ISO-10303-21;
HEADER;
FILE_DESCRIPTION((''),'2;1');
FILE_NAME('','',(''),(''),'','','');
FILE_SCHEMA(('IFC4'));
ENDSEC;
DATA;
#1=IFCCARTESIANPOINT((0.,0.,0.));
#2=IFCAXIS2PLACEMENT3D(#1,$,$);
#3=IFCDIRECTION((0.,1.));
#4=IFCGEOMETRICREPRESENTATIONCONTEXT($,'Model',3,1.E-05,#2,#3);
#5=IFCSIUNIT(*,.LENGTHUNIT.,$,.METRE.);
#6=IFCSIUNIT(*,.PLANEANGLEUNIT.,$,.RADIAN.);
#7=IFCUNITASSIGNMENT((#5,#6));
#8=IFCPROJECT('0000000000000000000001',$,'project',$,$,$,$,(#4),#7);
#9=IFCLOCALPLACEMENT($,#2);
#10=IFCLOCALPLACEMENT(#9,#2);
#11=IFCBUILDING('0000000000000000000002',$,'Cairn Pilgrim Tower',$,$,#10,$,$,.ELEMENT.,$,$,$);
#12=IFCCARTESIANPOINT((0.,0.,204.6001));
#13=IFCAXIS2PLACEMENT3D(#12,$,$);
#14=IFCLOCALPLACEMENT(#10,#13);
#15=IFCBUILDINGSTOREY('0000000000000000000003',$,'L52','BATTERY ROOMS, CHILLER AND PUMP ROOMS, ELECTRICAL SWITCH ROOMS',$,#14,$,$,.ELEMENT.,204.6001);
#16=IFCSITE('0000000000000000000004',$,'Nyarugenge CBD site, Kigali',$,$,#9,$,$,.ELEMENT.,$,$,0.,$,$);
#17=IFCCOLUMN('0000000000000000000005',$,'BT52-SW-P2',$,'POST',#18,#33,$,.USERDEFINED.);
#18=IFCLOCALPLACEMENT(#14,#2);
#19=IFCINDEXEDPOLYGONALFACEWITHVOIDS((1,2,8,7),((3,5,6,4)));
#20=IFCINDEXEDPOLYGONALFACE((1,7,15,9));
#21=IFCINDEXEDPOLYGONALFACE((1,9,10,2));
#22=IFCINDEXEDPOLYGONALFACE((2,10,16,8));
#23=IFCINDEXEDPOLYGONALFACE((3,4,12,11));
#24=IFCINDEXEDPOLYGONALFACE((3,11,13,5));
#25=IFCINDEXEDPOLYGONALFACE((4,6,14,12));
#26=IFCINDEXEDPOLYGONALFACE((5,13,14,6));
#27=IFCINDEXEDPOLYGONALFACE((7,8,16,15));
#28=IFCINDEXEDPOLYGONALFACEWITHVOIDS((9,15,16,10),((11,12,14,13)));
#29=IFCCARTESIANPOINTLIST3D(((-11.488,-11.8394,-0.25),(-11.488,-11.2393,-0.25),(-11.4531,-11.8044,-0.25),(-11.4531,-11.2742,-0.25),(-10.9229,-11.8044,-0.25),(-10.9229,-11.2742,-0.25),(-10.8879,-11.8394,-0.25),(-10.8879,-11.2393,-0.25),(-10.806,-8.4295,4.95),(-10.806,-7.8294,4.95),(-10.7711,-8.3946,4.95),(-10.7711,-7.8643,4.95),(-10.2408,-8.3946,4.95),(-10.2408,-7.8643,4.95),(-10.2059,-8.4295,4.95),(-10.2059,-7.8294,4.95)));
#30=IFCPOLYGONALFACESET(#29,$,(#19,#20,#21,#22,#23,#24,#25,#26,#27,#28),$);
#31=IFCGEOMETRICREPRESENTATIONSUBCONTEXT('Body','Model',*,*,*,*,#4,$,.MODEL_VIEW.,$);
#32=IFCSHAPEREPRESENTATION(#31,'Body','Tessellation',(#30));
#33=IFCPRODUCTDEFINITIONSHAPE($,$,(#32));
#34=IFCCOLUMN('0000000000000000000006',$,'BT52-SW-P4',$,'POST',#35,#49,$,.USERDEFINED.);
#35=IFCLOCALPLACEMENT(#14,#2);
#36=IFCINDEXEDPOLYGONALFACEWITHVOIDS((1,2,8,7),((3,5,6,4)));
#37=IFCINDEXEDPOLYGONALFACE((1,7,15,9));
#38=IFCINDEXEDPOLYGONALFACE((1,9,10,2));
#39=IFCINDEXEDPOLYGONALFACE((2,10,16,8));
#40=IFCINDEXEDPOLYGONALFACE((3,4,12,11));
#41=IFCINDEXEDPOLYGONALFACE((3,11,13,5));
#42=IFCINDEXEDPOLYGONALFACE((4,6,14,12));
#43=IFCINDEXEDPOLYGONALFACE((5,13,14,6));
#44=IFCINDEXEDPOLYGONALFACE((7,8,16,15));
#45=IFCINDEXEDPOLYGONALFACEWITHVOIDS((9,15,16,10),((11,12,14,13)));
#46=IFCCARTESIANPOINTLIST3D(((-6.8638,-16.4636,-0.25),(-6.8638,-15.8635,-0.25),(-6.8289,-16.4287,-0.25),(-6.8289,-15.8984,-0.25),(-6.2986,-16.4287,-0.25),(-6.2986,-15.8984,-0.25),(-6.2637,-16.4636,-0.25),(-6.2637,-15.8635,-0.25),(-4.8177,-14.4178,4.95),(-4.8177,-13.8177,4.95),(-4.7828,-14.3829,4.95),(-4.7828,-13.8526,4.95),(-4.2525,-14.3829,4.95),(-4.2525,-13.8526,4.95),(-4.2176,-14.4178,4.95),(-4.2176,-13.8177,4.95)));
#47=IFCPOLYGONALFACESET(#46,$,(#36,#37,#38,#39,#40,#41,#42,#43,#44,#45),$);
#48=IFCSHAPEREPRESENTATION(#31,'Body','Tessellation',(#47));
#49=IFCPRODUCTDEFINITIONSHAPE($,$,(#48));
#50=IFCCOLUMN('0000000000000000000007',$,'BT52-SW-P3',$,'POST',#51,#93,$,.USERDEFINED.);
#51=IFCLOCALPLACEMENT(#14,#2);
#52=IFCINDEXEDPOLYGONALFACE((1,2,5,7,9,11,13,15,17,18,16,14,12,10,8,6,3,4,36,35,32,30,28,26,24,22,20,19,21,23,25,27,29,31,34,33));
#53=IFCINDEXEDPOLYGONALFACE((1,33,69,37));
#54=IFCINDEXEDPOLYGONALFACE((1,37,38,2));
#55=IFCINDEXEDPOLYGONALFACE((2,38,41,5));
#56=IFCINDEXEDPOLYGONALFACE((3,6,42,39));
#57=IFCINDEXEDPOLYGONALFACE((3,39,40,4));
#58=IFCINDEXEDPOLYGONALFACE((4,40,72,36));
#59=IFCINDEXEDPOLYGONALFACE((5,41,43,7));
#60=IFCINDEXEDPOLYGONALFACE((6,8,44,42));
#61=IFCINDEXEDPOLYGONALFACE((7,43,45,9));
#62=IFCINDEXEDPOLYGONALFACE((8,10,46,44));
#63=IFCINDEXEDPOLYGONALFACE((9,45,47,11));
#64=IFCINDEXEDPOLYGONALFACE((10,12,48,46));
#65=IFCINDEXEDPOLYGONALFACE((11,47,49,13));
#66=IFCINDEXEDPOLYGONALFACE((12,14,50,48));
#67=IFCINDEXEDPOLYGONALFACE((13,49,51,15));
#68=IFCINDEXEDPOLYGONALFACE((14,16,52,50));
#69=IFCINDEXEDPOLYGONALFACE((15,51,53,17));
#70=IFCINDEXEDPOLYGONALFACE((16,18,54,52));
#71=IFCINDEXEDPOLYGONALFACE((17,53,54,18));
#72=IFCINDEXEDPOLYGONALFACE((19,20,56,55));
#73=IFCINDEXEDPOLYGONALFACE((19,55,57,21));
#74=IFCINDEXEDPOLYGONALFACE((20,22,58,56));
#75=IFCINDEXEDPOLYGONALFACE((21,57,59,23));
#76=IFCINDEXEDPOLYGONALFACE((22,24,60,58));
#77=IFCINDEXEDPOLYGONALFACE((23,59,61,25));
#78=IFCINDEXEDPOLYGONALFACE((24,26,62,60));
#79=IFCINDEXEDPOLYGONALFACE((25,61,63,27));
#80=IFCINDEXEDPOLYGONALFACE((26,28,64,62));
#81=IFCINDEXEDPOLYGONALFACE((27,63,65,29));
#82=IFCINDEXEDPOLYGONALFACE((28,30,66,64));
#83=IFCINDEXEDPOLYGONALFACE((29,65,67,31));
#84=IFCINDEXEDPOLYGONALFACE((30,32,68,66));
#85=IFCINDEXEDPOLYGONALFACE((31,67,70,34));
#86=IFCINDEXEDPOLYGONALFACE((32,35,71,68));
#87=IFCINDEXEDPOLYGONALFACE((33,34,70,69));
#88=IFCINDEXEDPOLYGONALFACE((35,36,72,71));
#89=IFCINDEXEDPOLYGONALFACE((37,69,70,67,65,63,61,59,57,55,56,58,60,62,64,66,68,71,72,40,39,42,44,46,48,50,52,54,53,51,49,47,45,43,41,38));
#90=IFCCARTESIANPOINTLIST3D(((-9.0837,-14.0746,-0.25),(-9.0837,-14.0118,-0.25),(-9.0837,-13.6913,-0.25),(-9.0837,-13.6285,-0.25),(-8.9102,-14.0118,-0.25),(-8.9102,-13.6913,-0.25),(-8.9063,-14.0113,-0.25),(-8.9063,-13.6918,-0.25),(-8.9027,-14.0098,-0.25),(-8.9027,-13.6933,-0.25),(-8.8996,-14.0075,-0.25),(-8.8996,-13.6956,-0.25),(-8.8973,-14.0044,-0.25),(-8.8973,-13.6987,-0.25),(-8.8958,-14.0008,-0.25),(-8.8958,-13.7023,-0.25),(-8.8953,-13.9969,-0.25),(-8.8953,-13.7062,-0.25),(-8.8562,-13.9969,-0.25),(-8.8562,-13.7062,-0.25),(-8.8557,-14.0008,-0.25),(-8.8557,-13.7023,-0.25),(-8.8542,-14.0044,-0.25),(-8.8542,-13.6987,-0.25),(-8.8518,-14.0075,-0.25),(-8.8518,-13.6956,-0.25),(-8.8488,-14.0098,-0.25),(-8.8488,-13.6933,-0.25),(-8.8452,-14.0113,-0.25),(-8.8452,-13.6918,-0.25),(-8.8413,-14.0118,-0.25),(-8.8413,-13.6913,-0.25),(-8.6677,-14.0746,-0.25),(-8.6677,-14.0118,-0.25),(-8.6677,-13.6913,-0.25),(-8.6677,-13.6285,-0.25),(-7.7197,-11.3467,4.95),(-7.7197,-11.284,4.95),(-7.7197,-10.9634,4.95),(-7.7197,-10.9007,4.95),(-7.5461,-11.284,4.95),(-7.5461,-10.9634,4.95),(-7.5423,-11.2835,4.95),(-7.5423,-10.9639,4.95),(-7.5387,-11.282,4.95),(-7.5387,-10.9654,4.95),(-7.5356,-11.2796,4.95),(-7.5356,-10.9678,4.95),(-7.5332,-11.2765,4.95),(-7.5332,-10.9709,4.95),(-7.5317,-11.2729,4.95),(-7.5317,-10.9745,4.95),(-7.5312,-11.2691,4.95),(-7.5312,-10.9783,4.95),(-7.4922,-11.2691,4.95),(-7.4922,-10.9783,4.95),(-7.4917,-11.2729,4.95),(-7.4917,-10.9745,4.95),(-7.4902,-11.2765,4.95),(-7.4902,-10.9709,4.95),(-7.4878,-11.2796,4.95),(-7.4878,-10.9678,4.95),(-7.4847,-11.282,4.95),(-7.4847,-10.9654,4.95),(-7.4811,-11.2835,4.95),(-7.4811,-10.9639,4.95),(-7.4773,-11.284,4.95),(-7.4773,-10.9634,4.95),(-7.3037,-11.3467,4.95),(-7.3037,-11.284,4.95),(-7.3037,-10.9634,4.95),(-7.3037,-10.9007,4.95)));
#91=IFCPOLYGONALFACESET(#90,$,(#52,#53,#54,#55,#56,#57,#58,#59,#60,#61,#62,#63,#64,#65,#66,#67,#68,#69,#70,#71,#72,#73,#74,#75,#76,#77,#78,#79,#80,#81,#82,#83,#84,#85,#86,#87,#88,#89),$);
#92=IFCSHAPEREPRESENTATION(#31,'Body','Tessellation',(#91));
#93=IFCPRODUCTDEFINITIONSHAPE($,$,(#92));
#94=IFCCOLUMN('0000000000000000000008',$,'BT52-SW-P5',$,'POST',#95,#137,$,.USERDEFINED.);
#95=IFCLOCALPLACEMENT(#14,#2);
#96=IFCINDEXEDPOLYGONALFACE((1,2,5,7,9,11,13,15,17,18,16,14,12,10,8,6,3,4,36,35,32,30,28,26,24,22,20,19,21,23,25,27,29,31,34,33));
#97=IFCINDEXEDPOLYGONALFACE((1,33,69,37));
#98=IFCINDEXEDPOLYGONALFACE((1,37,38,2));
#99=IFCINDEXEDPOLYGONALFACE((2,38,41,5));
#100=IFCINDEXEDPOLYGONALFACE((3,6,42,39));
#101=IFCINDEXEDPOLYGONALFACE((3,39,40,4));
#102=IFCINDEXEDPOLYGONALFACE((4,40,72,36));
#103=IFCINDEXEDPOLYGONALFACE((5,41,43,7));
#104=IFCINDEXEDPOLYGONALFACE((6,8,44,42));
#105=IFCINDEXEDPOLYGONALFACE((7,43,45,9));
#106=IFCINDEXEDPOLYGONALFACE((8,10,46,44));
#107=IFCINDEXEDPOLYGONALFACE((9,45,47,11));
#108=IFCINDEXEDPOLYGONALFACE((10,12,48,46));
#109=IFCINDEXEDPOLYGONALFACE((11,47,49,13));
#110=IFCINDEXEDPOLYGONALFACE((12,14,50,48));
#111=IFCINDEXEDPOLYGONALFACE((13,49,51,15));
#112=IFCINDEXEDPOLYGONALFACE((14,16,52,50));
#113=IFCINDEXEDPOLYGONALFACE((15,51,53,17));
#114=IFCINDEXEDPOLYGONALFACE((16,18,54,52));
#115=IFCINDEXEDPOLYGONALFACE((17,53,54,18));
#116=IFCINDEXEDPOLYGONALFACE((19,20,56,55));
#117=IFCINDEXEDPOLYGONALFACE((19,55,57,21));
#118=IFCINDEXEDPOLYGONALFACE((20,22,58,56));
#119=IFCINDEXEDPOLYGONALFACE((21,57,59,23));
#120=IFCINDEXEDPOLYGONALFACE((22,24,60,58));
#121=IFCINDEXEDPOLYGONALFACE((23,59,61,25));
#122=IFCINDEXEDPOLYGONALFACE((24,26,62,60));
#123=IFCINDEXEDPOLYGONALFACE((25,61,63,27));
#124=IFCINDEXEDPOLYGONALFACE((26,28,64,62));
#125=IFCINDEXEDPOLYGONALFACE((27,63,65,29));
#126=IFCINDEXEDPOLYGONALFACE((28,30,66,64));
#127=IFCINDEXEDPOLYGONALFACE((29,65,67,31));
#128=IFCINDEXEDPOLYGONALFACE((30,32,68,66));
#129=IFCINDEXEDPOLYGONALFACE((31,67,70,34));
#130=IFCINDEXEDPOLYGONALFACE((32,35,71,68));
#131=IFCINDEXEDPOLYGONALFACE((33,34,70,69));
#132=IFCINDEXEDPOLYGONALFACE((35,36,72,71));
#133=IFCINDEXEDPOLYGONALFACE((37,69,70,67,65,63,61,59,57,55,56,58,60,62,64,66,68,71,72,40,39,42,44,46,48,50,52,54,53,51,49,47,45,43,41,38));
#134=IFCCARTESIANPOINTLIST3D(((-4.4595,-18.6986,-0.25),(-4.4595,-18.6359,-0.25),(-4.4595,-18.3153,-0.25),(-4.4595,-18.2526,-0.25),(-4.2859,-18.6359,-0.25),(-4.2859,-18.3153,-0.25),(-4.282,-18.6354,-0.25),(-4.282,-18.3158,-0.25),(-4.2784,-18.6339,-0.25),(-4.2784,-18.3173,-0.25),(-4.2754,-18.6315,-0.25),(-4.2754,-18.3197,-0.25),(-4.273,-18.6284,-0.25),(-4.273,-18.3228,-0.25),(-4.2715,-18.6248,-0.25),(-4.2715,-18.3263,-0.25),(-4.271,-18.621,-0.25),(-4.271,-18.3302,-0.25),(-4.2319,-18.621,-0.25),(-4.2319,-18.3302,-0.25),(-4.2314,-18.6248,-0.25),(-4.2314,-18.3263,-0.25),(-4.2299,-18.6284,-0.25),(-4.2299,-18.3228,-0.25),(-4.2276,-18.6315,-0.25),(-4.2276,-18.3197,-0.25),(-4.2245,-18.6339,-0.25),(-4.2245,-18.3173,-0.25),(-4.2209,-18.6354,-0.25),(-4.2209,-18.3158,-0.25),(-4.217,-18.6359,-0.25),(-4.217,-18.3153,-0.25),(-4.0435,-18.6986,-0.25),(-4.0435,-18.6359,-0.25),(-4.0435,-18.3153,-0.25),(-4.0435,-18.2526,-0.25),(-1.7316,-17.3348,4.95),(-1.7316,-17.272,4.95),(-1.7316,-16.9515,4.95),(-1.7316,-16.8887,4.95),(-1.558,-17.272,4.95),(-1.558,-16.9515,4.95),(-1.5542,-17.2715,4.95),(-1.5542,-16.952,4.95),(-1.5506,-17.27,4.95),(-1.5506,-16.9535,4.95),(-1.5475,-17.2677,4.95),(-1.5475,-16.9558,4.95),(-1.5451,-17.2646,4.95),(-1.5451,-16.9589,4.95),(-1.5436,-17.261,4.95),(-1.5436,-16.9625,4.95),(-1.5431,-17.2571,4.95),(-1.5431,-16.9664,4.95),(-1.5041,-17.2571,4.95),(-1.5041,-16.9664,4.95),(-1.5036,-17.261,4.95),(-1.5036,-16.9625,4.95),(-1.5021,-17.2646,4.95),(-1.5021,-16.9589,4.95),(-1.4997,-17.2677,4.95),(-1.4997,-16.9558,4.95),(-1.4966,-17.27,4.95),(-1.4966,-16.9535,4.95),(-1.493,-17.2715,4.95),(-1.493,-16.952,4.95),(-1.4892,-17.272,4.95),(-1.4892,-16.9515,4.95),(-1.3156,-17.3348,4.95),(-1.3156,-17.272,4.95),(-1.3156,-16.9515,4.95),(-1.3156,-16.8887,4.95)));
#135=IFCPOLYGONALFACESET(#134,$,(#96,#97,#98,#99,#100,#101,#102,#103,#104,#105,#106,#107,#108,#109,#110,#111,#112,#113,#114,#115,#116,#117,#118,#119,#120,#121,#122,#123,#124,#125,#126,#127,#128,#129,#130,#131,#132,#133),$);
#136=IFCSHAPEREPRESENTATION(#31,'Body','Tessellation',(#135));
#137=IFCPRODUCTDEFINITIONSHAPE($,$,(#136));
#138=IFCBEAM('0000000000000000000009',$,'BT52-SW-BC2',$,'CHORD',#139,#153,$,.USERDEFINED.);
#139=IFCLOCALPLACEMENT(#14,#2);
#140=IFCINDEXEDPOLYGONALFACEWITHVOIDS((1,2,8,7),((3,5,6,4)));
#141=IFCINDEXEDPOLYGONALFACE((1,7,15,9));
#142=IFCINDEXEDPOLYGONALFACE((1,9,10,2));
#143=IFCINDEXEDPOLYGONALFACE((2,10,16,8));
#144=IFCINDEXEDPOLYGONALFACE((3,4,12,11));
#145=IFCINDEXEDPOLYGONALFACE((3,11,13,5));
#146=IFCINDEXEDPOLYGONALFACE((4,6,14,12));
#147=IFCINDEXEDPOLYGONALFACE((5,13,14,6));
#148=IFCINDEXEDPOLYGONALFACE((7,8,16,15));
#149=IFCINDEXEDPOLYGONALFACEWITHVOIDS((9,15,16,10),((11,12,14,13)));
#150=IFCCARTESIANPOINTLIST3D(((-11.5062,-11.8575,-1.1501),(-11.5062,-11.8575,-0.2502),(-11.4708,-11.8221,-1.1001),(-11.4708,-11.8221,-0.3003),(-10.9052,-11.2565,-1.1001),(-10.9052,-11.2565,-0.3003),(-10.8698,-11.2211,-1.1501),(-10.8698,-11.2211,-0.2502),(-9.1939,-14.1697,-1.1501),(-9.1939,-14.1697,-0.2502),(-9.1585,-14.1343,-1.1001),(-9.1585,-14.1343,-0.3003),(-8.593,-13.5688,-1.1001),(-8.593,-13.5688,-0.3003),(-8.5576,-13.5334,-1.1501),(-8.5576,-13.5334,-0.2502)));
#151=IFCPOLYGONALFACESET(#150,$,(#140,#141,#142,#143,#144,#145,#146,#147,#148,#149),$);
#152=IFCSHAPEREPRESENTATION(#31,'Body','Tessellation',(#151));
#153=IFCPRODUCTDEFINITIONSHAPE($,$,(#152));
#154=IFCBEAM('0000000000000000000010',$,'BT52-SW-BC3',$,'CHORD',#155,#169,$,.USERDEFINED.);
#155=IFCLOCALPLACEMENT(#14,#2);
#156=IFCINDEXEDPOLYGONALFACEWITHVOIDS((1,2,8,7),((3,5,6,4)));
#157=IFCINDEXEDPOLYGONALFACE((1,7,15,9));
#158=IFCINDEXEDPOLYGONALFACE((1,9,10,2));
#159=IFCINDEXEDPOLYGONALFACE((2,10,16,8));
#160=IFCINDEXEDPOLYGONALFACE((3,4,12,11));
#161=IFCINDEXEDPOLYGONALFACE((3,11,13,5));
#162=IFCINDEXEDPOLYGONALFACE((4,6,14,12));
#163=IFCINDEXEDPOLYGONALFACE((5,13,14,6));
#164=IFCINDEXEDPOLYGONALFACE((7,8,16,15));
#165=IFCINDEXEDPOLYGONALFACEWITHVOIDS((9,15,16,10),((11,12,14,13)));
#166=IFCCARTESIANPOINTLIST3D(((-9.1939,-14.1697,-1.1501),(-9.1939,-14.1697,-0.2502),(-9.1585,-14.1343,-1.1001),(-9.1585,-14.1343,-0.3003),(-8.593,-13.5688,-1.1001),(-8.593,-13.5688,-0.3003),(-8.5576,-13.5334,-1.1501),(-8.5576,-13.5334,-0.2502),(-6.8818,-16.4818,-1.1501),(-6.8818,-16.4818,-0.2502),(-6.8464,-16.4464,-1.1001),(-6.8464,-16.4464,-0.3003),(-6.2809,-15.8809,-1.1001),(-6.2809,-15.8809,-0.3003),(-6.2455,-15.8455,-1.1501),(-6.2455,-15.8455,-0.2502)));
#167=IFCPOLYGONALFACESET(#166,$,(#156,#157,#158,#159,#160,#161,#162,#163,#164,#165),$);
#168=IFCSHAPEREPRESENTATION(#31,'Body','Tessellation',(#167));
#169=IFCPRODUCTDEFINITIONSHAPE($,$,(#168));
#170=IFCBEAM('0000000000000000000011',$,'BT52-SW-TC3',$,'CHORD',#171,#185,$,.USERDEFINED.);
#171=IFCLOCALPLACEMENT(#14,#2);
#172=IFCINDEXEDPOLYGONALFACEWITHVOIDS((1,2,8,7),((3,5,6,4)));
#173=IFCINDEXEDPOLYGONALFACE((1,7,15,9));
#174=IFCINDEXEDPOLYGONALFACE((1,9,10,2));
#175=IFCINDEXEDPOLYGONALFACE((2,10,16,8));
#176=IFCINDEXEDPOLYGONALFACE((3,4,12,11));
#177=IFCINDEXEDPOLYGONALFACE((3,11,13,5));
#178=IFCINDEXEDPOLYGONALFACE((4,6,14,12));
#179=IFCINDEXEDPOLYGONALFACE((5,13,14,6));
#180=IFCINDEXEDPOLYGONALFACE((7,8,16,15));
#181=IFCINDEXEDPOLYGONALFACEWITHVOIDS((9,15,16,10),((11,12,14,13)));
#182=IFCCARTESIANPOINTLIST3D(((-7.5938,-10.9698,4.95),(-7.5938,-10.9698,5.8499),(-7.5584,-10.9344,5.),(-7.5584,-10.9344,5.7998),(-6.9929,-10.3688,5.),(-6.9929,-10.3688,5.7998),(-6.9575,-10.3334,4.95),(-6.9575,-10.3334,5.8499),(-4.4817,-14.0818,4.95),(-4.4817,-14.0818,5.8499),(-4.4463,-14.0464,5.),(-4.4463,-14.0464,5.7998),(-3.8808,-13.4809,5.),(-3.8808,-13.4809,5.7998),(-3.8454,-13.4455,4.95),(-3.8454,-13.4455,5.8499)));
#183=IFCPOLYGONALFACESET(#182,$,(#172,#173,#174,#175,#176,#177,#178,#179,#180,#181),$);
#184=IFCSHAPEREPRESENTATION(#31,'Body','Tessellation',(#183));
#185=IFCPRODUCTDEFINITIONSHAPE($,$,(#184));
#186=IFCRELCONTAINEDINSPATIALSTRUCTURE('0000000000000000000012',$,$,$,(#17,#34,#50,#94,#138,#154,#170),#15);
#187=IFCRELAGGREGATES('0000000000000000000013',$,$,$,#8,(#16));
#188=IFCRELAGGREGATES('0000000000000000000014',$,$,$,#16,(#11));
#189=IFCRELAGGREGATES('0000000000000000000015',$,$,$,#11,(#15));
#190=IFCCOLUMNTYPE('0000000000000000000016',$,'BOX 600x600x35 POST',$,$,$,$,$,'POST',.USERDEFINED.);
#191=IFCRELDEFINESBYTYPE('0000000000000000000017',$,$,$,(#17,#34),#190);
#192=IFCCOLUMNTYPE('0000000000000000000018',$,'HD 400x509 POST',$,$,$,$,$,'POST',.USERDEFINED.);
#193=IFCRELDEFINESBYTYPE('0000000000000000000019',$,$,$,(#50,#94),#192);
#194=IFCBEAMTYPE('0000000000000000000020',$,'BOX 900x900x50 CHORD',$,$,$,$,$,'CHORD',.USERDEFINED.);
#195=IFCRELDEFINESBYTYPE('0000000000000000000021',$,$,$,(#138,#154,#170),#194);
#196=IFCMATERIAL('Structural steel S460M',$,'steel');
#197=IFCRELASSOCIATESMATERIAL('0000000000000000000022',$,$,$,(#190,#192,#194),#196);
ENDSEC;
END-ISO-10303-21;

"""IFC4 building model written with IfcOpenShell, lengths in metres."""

from ifc_helpers import new_model, si_unit, direction, frame, origin, origin_2d, place, context, subcontext, project, spatial, hollow_rectangle, i_section, extrude, clip, halfspace, material, material_profile, profile_set, type_object, element, save


model = new_model("IFC4")

# Units and contexts
model_context = context("Model", 3, precision=1e-05, world=origin(), true_north=direction((0.0, 1.0)))
body_context = subcontext(model_context, "Body", "Model", "MODEL_VIEW")
ifc_project = project(units=[si_unit("LENGTHUNIT", "METRE"), si_unit("PLANEANGLEUNIT", "RADIAN")], contexts=[model_context])

# Site, building, storey
site_placement = place(None, origin())
site = spatial("IfcSite", under=ifc_project, at=site_placement, Name="Nyarugenge CBD site, Kigali", CompositionType="ELEMENT", RefElevation=0.0)
building_placement = place(site_placement, origin())
building = spatial("IfcBuilding", under=site, at=building_placement, Name="Cairn Pilgrim Tower", CompositionType="ELEMENT")
storey_placement = place(building_placement, frame((0.0, 0.0, 204.6001)))
storey = spatial("IfcBuildingStorey", under=building, at=storey_placement, Name="L52", Description="BATTERY ROOMS, CHILLER AND PUMP ROOMS, ELECTRICAL SWITCH ROOMS", CompositionType="ELEMENT", Elevation=204.6001)

# Columns
ifc_material_1 = material(Name="Structural steel S460M", Category="steel")
ifc_material_profile_1 = material_profile(ifc_material_1, hollow_rectangle(XDim=0.6001, YDim=0.6001, WallThickness=0.0349, at=origin_2d()), Name="BOX 600x600x35")
ifc_profile_set_1 = profile_set([ifc_material_profile_1], Name="Structural steel S460M")
column_type_1 = type_object("IfcColumnType", Name="BOX 600x600x35 POST", ElementType="POST", PredefinedType="USERDEFINED", material=ifc_profile_set_1)
column_1_placement = place(storey_placement, frame((-11.188, -11.5393, -0.25), z_axis=(0.0, 0.0, 1.0), x_axis=(1.0, 0.0, 0.0)))
element("IfcColumn", 1, at=column_1_placement, inside=storey, type_object=column_type_1, Name="BT52-SW-P2", ObjectType="POST", PredefinedType="USERDEFINED", context=body_context, shape_type="Clipping", body=[
    clip(extrude(hollow_rectangle(XDim=0.6001, YDim=0.6001, WallThickness=0.0349, at=origin_2d()), origin(), (0.109026, 0.545097, 0.831253), 7.3381), halfspace(frame((0.0, 0.0, 5.2), z_axis=(0.0, 0.0, 1.0), x_axis=(1.0, 0.0, 0.0)), False)),
])
column_2_placement = place(storey_placement, frame((-6.5637, -16.1636, -0.25), z_axis=(0.0, 0.0, 1.0), x_axis=(1.0, 0.0, 0.0)))
element("IfcColumn", 2, at=column_2_placement, inside=storey, type_object=column_type_1, Name="BT52-SW-P4", ObjectType="POST", PredefinedType="USERDEFINED", context=body_context, shape_type="Clipping", body=[
    clip(extrude(hollow_rectangle(XDim=0.6001, YDim=0.6001, WallThickness=0.0349, at=origin_2d()), origin(), (0.343832, 0.343797, 0.873832), 6.9805), halfspace(frame((0.0, 0.0, 5.2), z_axis=(0.0, 0.0, 1.0), x_axis=(1.0, 0.0, 0.0)), False)),
])
ifc_material_profile_2 = material_profile(ifc_material_1, i_section(OverallWidth=0.416, OverallDepth=0.446, WebThickness=0.0391, FlangeThickness=0.0627, FilletRadius=0.0149, at=origin_2d()), Name="HD 400x509")
ifc_profile_set_2 = profile_set([ifc_material_profile_2], Name="Structural steel S460M")
column_type_2 = type_object("IfcColumnType", Name="HD 400x509 POST", ElementType="POST", PredefinedType="USERDEFINED", material=ifc_profile_set_2)
column_3_placement = place(storey_placement, frame((-8.8757, -13.8516, -0.25), z_axis=(0.0, 0.0, 1.0), x_axis=(1.0, 0.0, 0.0)))
element("IfcColumn", 3, at=column_3_placement, inside=storey, type_object=column_type_2, Name="BT52-SW-P3", ObjectType="POST", PredefinedType="USERDEFINED", context=body_context, shape_type="Clipping", body=[
    clip(extrude(i_section(OverallWidth=0.416, OverallDepth=0.446, WebThickness=0.0391, FlangeThickness=0.0627, FilletRadius=0.0149, at=origin_2d()), origin(), (0.226269, 0.452504, 0.862579), 7.0715), halfspace(frame((0.0, 0.0, 5.2), z_axis=(0.0, 0.0, 1.0), x_axis=(1.0, 0.0, 0.0)), False)),
])
column_4_placement = place(storey_placement, frame((-4.2515, -18.4756, -0.25), z_axis=(0.0, 0.0, 1.0), x_axis=(1.0, 0.0, 0.0)))
element("IfcColumn", 4, at=column_4_placement, inside=storey, type_object=column_type_2, Name="BT52-SW-P5", ObjectType="POST", PredefinedType="USERDEFINED", context=body_context, shape_type="Clipping", body=[
    clip(extrude(i_section(OverallWidth=0.416, OverallDepth=0.446, WebThickness=0.0391, FlangeThickness=0.0627, FilletRadius=0.0149, at=origin_2d()), origin(), (0.452508, 0.226237, 0.862585), 7.0715), halfspace(frame((0.0, 0.0, 5.2), z_axis=(0.0, 0.0, 1.0), x_axis=(1.0, 0.0, 0.0)), False)),
])

# Beams
ifc_material_profile_3 = material_profile(ifc_material_1, hollow_rectangle(XDim=0.8999, YDim=0.8999, WallThickness=0.05, at=origin_2d()), Name="BOX 900x900x50")
ifc_profile_set_3 = profile_set([ifc_material_profile_3], Name="Structural steel S460M")
beam_type_1 = type_object("IfcBeamType", Name="BOX 900x900x50 CHORD", ElementType="CHORD", PredefinedType="USERDEFINED", material=ifc_profile_set_3)
beam_1_placement = place(storey_placement, frame((-11.188, -11.5393, -0.7002), z_axis=(0.707107, -0.707107, 0.0), x_axis=(0.707107, 0.707107, 0.0)))
element("IfcBeam", 5, at=beam_1_placement, inside=storey, type_object=beam_type_1, Name="BT52-SW-BC2", ObjectType="CHORD", PredefinedType="USERDEFINED", context=body_context, shape_type="SweptSolid", body=[
    extrude(hollow_rectangle(XDim=0.8999, YDim=0.8999, WallThickness=0.05, at=origin_2d()), origin(), (0.0, 0.0, 1.0), 3.27),
])
beam_2_placement = place(storey_placement, frame((-8.8757, -13.8516, -0.7002), z_axis=(0.707107, -0.707107, 0.0), x_axis=(0.707107, 0.707107, 0.0)))
element("IfcBeam", 6, at=beam_2_placement, inside=storey, type_object=beam_type_1, Name="BT52-SW-BC3", ObjectType="CHORD", PredefinedType="USERDEFINED", context=body_context, shape_type="SweptSolid", body=[
    extrude(hollow_rectangle(XDim=0.8999, YDim=0.8999, WallThickness=0.05, at=origin_2d()), origin(), (0.0, 0.0, 1.0), 3.2698),
])
beam_3_placement = place(storey_placement, frame((-7.2756, -10.6516, 5.3999), z_axis=(0.707107, -0.707107, 0.0), x_axis=(0.707107, 0.707107, 0.0)))
element("IfcBeam", 7, at=beam_3_placement, inside=storey, type_object=beam_type_1, Name="BT52-SW-TC3", ObjectType="CHORD", PredefinedType="USERDEFINED", context=body_context, shape_type="SweptSolid", body=[
    extrude(hollow_rectangle(XDim=0.8999, YDim=0.8999, WallThickness=0.05, at=origin_2d()), origin(), (0.0, 0.0, 1.0), 4.4011),
])

save(model, "model.ifc")
